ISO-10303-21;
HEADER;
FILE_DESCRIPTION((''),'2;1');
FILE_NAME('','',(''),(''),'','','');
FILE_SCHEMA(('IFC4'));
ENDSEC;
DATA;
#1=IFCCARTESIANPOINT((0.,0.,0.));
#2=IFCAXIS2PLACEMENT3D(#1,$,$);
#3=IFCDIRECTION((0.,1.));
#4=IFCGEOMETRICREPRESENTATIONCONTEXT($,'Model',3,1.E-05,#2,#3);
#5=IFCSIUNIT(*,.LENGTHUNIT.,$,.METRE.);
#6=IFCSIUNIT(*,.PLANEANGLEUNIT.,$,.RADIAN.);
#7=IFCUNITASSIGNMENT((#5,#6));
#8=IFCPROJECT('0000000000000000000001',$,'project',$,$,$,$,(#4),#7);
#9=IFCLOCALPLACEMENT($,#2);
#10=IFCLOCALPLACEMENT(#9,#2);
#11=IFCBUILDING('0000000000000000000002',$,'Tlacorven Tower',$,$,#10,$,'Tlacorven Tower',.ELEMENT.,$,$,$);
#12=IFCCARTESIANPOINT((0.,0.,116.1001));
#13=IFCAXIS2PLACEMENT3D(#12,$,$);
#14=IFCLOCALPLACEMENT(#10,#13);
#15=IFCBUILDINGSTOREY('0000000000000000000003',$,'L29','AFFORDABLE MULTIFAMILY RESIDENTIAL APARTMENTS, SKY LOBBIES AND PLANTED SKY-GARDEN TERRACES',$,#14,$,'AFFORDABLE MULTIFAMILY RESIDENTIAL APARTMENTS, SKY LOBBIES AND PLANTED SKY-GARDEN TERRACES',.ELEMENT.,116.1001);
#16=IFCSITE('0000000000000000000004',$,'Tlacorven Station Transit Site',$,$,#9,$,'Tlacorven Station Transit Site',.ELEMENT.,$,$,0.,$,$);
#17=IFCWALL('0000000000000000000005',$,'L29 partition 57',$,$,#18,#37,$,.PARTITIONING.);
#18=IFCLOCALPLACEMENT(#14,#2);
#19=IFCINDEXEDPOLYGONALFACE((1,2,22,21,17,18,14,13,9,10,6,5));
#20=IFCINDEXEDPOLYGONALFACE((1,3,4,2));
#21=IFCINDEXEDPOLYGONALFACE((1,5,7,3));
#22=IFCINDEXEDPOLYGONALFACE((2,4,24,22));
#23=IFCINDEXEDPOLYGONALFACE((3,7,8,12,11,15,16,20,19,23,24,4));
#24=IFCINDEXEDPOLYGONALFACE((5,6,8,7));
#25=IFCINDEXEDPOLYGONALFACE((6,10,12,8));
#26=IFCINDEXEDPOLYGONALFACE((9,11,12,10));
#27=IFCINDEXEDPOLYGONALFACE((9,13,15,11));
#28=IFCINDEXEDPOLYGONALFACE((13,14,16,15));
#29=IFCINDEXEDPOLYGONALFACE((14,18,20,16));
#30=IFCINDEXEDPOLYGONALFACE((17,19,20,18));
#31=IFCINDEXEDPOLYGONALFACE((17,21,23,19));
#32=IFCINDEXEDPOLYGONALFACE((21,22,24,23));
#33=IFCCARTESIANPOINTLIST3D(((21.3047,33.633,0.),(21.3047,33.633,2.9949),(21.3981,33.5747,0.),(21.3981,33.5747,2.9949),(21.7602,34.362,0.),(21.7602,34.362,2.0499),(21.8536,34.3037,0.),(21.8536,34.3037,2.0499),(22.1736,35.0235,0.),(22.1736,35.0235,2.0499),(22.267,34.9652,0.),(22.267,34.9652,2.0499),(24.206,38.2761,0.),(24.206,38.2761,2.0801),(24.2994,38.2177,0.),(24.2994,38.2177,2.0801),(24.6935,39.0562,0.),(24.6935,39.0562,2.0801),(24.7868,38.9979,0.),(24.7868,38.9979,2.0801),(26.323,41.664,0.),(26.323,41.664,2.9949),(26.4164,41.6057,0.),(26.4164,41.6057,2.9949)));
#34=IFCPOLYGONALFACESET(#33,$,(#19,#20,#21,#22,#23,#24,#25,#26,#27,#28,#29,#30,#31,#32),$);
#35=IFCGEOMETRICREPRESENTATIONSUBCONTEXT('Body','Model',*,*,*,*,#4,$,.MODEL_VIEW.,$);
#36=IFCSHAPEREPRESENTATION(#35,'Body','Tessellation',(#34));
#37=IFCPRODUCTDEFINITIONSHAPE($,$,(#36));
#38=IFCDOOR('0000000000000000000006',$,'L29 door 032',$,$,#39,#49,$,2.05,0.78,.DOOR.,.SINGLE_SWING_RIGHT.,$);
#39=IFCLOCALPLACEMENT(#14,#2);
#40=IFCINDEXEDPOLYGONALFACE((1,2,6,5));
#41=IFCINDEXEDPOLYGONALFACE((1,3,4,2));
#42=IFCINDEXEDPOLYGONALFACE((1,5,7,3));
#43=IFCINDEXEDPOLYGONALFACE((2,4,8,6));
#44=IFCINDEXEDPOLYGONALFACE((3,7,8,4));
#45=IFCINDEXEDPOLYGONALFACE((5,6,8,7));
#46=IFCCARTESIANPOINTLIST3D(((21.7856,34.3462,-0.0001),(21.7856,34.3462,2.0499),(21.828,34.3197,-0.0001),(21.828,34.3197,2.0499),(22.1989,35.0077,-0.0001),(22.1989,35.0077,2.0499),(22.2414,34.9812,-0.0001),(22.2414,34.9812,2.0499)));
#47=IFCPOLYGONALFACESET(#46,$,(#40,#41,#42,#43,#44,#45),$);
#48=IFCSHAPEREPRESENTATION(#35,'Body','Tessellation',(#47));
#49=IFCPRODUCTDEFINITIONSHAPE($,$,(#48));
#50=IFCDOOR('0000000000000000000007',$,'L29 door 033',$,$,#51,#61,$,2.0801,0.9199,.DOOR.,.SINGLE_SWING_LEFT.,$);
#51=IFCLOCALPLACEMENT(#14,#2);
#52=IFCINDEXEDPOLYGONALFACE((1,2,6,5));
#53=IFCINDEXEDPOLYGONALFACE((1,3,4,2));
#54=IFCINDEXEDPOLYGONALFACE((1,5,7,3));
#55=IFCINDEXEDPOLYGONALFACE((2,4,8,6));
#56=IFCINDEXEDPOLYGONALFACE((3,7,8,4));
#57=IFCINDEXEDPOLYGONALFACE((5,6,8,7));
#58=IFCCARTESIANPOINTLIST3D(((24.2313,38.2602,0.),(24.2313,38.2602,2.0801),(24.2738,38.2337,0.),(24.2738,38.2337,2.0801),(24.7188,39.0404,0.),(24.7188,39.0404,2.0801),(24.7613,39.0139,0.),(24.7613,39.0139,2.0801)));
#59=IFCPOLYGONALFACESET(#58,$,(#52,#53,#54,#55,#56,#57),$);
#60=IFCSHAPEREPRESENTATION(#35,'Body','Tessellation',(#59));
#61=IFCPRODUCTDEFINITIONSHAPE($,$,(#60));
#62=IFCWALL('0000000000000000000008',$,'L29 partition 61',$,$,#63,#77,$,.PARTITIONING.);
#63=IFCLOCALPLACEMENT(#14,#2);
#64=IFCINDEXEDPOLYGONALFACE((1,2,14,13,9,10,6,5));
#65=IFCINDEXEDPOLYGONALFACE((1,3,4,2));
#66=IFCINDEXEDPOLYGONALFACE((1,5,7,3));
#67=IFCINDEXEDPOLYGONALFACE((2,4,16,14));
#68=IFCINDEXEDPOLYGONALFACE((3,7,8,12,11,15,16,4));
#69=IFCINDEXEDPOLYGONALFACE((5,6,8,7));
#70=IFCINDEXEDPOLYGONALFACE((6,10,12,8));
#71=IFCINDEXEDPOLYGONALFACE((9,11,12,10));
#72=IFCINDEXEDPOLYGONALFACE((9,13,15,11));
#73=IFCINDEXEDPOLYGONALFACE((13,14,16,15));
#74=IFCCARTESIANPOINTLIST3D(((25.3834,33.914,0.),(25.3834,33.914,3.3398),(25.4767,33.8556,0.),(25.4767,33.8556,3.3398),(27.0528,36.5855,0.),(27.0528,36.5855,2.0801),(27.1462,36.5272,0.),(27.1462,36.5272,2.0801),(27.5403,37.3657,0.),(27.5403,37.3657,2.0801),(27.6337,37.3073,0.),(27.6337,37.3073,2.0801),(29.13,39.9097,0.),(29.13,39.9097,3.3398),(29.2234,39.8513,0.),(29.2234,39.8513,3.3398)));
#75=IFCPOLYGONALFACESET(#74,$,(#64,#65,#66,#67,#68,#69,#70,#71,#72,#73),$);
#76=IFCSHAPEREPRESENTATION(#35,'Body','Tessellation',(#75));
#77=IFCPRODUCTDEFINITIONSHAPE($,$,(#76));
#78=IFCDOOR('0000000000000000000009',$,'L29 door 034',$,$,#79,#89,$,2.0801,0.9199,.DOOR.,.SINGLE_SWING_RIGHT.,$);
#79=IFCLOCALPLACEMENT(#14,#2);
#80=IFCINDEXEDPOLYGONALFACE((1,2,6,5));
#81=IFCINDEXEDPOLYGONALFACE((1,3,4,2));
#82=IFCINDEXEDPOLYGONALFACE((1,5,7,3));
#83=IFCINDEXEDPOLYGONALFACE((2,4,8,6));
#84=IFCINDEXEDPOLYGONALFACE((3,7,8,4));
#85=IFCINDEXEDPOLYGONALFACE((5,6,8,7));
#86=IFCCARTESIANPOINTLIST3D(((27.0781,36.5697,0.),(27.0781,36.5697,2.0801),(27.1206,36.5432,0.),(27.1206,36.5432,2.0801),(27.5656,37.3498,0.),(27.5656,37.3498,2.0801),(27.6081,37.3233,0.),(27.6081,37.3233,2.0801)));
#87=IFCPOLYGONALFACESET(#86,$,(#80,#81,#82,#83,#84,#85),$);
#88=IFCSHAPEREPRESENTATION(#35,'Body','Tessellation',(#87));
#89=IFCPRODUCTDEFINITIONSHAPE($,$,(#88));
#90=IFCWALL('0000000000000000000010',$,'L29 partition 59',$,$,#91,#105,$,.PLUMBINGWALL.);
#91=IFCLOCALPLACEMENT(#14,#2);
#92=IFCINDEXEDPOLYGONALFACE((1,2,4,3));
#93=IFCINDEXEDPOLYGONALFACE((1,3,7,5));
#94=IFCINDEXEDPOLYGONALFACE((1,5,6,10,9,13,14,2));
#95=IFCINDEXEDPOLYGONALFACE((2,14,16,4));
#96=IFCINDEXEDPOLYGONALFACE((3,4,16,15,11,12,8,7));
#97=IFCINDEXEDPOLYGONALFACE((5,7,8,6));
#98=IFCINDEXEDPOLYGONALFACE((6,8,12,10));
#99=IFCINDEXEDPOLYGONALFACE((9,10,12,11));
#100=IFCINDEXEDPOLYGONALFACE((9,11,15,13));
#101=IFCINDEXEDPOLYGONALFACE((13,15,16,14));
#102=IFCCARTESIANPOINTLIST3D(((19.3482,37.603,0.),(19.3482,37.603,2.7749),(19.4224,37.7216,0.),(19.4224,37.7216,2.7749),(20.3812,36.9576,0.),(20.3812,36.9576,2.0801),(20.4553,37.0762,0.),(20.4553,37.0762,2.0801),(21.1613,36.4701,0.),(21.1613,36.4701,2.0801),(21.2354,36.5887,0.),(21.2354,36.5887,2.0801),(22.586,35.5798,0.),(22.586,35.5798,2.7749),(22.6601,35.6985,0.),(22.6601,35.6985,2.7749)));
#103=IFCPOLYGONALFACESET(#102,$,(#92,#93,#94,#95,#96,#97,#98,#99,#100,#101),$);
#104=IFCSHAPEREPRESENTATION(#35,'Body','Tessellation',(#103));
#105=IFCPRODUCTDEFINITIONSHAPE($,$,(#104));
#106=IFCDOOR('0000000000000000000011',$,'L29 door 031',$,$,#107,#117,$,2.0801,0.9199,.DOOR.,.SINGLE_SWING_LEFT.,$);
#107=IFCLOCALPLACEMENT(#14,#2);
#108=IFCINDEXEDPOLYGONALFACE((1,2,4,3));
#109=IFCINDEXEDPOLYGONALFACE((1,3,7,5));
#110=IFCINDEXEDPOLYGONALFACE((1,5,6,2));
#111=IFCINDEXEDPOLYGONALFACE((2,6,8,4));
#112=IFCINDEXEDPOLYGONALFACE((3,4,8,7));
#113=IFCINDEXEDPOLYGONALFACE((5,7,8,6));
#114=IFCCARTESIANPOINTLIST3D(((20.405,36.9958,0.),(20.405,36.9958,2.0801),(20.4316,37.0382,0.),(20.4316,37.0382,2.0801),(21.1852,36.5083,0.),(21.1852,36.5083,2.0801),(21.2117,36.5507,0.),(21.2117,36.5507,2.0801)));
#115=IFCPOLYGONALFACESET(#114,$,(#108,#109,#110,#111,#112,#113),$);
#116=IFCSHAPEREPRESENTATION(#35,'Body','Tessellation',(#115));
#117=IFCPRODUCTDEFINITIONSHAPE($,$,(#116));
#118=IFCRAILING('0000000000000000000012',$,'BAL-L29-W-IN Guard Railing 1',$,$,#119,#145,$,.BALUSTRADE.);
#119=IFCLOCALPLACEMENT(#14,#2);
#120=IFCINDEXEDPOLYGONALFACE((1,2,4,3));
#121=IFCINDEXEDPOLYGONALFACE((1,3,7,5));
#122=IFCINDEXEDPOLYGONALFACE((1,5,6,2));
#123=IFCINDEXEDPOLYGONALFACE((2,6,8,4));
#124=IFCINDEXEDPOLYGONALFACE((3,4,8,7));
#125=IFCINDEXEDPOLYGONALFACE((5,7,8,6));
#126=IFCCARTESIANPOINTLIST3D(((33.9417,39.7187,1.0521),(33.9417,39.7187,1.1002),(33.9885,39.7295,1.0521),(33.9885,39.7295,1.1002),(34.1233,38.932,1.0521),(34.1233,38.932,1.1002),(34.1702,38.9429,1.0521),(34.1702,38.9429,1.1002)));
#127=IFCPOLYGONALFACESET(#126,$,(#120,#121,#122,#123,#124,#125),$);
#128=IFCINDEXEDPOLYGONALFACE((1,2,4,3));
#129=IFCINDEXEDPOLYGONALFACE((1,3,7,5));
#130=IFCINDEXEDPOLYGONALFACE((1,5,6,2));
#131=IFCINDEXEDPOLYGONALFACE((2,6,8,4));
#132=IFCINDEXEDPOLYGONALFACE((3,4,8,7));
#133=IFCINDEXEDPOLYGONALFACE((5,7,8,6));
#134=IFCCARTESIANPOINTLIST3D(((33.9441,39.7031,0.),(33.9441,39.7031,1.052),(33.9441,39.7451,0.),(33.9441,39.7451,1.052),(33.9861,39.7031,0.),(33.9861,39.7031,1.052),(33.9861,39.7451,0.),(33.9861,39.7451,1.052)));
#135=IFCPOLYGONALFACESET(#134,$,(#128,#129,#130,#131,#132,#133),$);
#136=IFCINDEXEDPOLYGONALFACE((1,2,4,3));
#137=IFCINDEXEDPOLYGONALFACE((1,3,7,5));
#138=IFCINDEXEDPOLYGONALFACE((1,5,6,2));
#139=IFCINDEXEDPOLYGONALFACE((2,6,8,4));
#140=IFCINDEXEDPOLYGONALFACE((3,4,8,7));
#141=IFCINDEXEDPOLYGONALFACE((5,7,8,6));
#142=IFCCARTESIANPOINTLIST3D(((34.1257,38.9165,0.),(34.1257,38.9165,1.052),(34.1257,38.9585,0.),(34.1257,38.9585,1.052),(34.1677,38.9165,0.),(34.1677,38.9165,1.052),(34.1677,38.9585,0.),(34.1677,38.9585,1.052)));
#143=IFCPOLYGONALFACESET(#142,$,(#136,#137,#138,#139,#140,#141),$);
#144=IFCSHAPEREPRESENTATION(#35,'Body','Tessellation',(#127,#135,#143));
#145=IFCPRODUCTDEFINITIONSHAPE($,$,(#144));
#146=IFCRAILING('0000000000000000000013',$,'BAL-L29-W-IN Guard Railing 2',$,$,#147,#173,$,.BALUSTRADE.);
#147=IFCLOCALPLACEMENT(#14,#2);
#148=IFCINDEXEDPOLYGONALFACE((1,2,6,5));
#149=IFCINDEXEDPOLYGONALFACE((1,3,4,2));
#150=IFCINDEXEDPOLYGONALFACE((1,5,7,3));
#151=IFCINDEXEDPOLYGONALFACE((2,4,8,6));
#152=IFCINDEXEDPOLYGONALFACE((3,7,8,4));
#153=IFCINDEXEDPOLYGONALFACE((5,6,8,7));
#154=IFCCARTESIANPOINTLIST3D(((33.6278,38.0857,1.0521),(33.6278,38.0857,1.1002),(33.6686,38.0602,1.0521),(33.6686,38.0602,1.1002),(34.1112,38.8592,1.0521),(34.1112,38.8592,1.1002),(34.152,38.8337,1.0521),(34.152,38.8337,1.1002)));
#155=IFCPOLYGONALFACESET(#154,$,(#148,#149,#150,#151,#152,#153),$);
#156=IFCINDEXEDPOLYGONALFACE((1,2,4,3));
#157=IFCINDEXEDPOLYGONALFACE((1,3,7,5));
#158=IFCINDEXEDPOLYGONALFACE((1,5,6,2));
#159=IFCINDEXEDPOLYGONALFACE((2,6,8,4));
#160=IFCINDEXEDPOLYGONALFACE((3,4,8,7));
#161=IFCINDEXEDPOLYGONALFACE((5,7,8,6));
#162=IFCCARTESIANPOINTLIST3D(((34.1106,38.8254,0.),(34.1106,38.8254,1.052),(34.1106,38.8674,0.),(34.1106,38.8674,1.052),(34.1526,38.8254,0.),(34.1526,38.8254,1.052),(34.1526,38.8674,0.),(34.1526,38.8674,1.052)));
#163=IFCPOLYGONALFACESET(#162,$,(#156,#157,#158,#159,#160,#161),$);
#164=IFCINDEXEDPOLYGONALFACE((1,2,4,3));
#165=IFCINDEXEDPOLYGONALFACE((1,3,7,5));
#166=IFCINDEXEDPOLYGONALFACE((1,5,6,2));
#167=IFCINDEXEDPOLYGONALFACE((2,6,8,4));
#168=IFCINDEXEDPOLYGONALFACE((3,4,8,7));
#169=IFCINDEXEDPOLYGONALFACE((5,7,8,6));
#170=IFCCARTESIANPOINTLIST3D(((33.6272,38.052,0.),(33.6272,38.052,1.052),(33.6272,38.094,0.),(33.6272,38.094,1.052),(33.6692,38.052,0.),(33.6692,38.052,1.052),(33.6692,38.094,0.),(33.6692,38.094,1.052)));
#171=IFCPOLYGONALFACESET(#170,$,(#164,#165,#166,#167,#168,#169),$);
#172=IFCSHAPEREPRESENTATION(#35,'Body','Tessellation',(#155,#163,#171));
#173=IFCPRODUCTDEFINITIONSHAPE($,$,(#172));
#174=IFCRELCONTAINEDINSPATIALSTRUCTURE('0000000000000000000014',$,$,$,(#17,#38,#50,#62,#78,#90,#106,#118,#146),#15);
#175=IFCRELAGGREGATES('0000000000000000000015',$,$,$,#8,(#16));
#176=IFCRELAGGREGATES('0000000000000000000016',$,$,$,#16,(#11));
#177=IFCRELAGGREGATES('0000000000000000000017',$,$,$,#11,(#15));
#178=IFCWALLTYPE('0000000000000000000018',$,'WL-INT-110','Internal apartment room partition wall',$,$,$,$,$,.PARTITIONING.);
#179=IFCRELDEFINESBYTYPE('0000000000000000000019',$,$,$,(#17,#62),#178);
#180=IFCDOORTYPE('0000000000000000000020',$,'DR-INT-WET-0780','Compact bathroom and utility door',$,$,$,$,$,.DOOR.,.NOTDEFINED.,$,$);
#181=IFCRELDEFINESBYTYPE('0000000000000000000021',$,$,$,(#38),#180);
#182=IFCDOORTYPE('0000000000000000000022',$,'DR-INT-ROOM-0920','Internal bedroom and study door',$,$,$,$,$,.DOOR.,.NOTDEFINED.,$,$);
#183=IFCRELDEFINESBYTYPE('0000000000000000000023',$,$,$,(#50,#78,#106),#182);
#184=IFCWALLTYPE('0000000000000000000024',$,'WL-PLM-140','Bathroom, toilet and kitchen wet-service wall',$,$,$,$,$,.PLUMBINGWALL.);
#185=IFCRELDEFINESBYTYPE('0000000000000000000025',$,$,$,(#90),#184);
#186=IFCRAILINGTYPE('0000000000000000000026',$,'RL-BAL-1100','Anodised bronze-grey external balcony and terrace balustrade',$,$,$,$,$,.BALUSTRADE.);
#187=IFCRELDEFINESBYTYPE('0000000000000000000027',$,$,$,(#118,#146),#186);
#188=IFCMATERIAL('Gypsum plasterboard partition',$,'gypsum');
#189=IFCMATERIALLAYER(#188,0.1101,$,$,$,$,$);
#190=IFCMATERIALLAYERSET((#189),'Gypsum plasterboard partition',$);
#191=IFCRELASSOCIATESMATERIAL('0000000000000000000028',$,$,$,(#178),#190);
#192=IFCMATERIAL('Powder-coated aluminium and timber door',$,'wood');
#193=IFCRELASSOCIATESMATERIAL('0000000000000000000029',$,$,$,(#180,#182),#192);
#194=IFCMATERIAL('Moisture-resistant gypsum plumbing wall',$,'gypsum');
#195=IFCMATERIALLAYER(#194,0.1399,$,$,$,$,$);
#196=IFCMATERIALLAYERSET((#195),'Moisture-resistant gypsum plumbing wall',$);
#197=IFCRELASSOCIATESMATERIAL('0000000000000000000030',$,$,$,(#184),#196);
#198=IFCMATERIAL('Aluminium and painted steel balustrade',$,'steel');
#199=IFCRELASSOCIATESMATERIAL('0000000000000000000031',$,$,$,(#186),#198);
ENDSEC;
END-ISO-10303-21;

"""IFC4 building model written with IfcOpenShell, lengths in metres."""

from ifc_helpers import new_model, si_unit, direction, frame, frame_2d, origin, origin_2d, place, context, subcontext, project, spatial, rectangle, extrude, source, transform, mapped, material, layer, layer_set, type_object, element, fill, save


model = new_model("IFC4")

# Units and contexts
model_context = context("Model", 3, precision=1e-05, world=origin(), true_north=direction((0.0, 1.0)))
body_context = subcontext(model_context, "Body", "Model", "MODEL_VIEW")
ifc_project = project(units=[si_unit("LENGTHUNIT", "METRE"), si_unit("PLANEANGLEUNIT", "RADIAN")], contexts=[model_context])

# Site, building, storey
site_placement = place(None, origin())
site = spatial("IfcSite", under=ifc_project, at=site_placement, Name="Tlacorven Station Transit Site", LongName="Tlacorven Station Transit Site", CompositionType="ELEMENT", RefElevation=0.0)
building_placement = place(site_placement, origin())
building = spatial("IfcBuilding", under=site, at=building_placement, Name="Tlacorven Tower", LongName="Tlacorven Tower", CompositionType="ELEMENT")
storey_placement = place(building_placement, frame((0.0, 0.0, 116.1001)))
storey = spatial("IfcBuildingStorey", under=building, at=storey_placement, Name="L29", Description="AFFORDABLE MULTIFAMILY RESIDENTIAL APARTMENTS, SKY LOBBIES AND PLANTED SKY-GARDEN TERRACES", LongName="AFFORDABLE MULTIFAMILY RESIDENTIAL APARTMENTS, SKY LOBBIES AND PLANTED SKY-GARDEN TERRACES", CompositionType="ELEMENT", Elevation=116.1001)

# Wall, openings, doors
ifc_material_1 = material(Name="Gypsum plasterboard partition", Category="gypsum")
ifc_layer_1 = layer(ifc_material_1, 0.1101)
ifc_layer_set_1 = layer_set([ifc_layer_1], Name="Gypsum plasterboard partition")
wall_type_1 = type_object("IfcWallType", Name="WL-INT-110", Description="Internal apartment room partition wall", PredefinedType="PARTITIONING", material=ifc_layer_set_1)
wall_1_placement = place(storey_placement, frame((26.3696, 41.6348, 0.0), z_axis=(0.0, 0.0, 1.0), x_axis=(-0.529918, -0.848049, 0.0)))
wall_1 = element("IfcWall", 1, at=wall_1_placement, inside=storey, type_object=wall_type_1, Name="L29 partition 57", PredefinedType="PARTITIONING", context=body_context, shape_type="SweptSolid", body=[
    extrude(rectangle(XDim=9.47, YDim=0.1101, at=frame_2d((4.7349, 0.0))), origin(), (0.0, 0.0, 1.0), 2.9949),
])
opening_1_placement = place(wall_1_placement, frame((7.8301, 0.0, 0.0)))
opening_1 = element("IfcOpeningElement", 2, at=opening_1_placement, cuts=wall_1, PredefinedType="OPENING", context=body_context, shape_type="SweptSolid", body=[
    extrude(rectangle(XDim=0.78, YDim=2.05, at=frame_2d((0.3901, 1.0249))), frame((0.0, 0.0649, 0.0), z_axis=(0.0, -1.0, 0.0), x_axis=(1.0, 0.0, 0.0)), (0.0, 0.0, 1.0), 0.1301),
])
opening_2_placement = place(wall_1_placement, frame((3.075, 0.0, 0.0)))
opening_2 = element("IfcOpeningElement", 3, at=opening_2_placement, cuts=wall_1, PredefinedType="OPENING", context=body_context, shape_type="SweptSolid", body=[
    extrude(rectangle(XDim=0.9199, YDim=2.0801, at=frame_2d((0.46, 1.04))), frame((0.0, 0.0649, 0.0), z_axis=(0.0, -1.0, 0.0), x_axis=(1.0, 0.0, 0.0)), (0.0, 0.0, 1.0), 0.1301),
])
ifc_material_2 = material(Name="Powder-coated aluminium and timber door", Category="wood")
door_type_1 = type_object("IfcDoorType", Name="DR-INT-WET-0780", Description="Compact bathroom and utility door", OperationType="NOTDEFINED", PredefinedType="DOOR", material=ifc_material_2)
shared_shape_1 = source(origin(), body_context, "Body", "SweptSolid", [
    extrude(rectangle(XDim=0.78, YDim=2.05, at=frame_2d((0.3901, 1.0249))), frame((0.0, 0.0249, 0.0), z_axis=(0.0, -1.0, 0.0), x_axis=(1.0, 0.0, 0.0)), (0.0, 0.0, 1.0), 0.05),
])
door_1_placement = place(opening_1_placement, origin())
door_1 = element("IfcDoor", 4, at=door_1_placement, inside=storey, type_object=door_type_1, Name="L29 door 032", OperationType="SINGLE_SWING_RIGHT", OverallHeight=2.05, OverallWidth=0.78, PredefinedType="DOOR", context=body_context, shape_type="MappedRepresentation", body=[
    mapped(shared_shape_1, transform((0.0, 0.0, 0.0), scale=1.0)),
])
fill(opening_1, door_1)
door_type_2 = type_object("IfcDoorType", Name="DR-INT-ROOM-0920", Description="Internal bedroom and study door", OperationType="NOTDEFINED", PredefinedType="DOOR", material=ifc_material_2)
shared_shape_2 = source(origin(), body_context, "Body", "SweptSolid", [
    extrude(rectangle(XDim=0.9199, YDim=2.0801, at=frame_2d((0.46, 1.04))), frame((0.0, 0.0249, 0.0), z_axis=(0.0, -1.0, 0.0), x_axis=(1.0, 0.0, 0.0)), (0.0, 0.0, 1.0), 0.05),
])
door_2_placement = place(opening_2_placement, origin())
door_2 = element("IfcDoor", 5, at=door_2_placement, inside=storey, type_object=door_type_2, Name="L29 door 033", OperationType="SINGLE_SWING_LEFT", OverallHeight=2.0801, OverallWidth=0.9199, PredefinedType="DOOR", context=body_context, shape_type="MappedRepresentation", body=[
    mapped(shared_shape_2, transform((0.0, 0.0, 0.0), scale=1.0)),
])
fill(opening_2, door_2)

# Walls, openings, doors
wall_2_placement = place(storey_placement, frame((29.1768, 39.8806, 0.0), z_axis=(0.0, 0.0, 1.0), x_axis=(-0.529931, -0.848041, 0.0)))
wall_2 = element("IfcWall", 6, at=wall_2_placement, inside=storey, type_object=wall_type_1, Name="L29 partition 61", PredefinedType="PARTITIONING", context=body_context, shape_type="SweptSolid", body=[
    extrude(rectangle(XDim=7.0701, YDim=0.1101, at=frame_2d((3.5352, 0.0))), origin(), (0.0, 0.0, 1.0), 3.3398),
])
opening_3_placement = place(wall_2_placement, frame((3.0, 0.0, 0.0)))
opening_3 = element("IfcOpeningElement", 7, at=opening_3_placement, cuts=wall_2, PredefinedType="OPENING", context=body_context, shape_type="SweptSolid", body=[
    extrude(rectangle(XDim=0.9199, YDim=2.0801, at=frame_2d((0.46, 1.04))), frame((0.0, 0.0649, 0.0), z_axis=(0.0, -1.0, 0.0), x_axis=(1.0, 0.0, 0.0)), (0.0, 0.0, 1.0), 0.1301),
])
door_3_placement = place(opening_3_placement, origin())
door_3 = element("IfcDoor", 8, at=door_3_placement, inside=storey, type_object=door_type_2, Name="L29 door 034", OperationType="SINGLE_SWING_RIGHT", OverallHeight=2.0801, OverallWidth=0.9199, PredefinedType="DOOR", context=body_context, shape_type="MappedRepresentation", body=[
    mapped(shared_shape_2, transform((0.0, 0.0, 0.0), scale=1.0)),
])
fill(opening_3, door_3)
ifc_material_3 = material(Name="Moisture-resistant gypsum plumbing wall", Category="gypsum")
ifc_layer_2 = layer(ifc_material_3, 0.1399)
ifc_layer_set_2 = layer_set([ifc_layer_2], Name="Moisture-resistant gypsum plumbing wall")
wall_type_2 = type_object("IfcWallType", Name="WL-PLM-140", Description="Bathroom, toilet and kitchen wet-service wall", PredefinedType="PLUMBINGWALL", material=ifc_layer_set_2)
wall_3_placement = place(storey_placement, frame((22.623, 35.6392, 0.0), z_axis=(0.0, 0.0, 1.0), x_axis=(-0.848049, 0.529918, 0.0)))
wall_3 = element("IfcWall", 9, at=wall_3_placement, inside=storey, type_object=wall_type_2, Name="L29 partition 59", PredefinedType="PLUMBINGWALL", context=body_context, shape_type="SweptSolid", body=[
    extrude(rectangle(XDim=3.8179, YDim=0.1399, at=frame_2d((1.9089, 0.0))), origin(), (0.0, 0.0, 1.0), 2.7749),
])
opening_4_placement = place(wall_3_placement, frame((1.6799, 0.0, 0.0)))
opening_4 = element("IfcOpeningElement", 10, at=opening_4_placement, cuts=wall_3, PredefinedType="OPENING", context=body_context, shape_type="SweptSolid", body=[
    extrude(rectangle(XDim=0.9199, YDim=2.0801, at=frame_2d((0.46, 1.04))), frame((0.0, 0.0801, 0.0), z_axis=(0.0, -1.0, 0.0), x_axis=(1.0, 0.0, 0.0)), (0.0, 0.0, 1.0), 0.1599),
])
door_4_placement = place(opening_4_placement, origin())
door_4 = element("IfcDoor", 11, at=door_4_placement, inside=storey, type_object=door_type_2, Name="L29 door 031", OperationType="SINGLE_SWING_LEFT", OverallHeight=2.0801, OverallWidth=0.9199, PredefinedType="DOOR", context=body_context, shape_type="MappedRepresentation", body=[
    mapped(shared_shape_2, transform((0.0, 0.0, 0.0), scale=1.0)),
])
fill(opening_4, door_4)

# Railings
ifc_material_4 = material(Name="Aluminium and painted steel balustrade", Category="steel")
railing_type = type_object("IfcRailingType", Name="RL-BAL-1100", Description="Anodised bronze-grey external balcony and terrace balustrade", PredefinedType="BALUSTRADE", material=ifc_material_4)
shared_shape_3 = source(origin(), body_context, "Body", "SweptSolid", [
    extrude(rectangle(XDim=0.0481, YDim=0.0481, at=origin_2d()), frame((0.0, 0.0, 1.0762), z_axis=(0.224992, -0.974361, 0.0), x_axis=(0.974361, 0.224992, 0.0)), (0.0, 0.0, 1.0), 0.8074),
    extrude(rectangle(XDim=0.042, YDim=0.042, at=origin_2d()), origin(), (0.0, 0.0, 1.0), 1.052),
    extrude(rectangle(XDim=0.042, YDim=0.042, at=origin_2d()), frame((0.1816, -0.7866, 0.0)), (0.0, 0.0, 1.0), 1.052),
])
railing_1_placement = place(storey_placement, frame((33.9651, 39.7241, 0.0)))
element("IfcRailing", 12, at=railing_1_placement, inside=storey, type_object=railing_type, Name="BAL-L29-W-IN Guard Railing 1", PredefinedType="BALUSTRADE", context=body_context, shape_type="MappedRepresentation", body=[
    mapped(shared_shape_3, transform((0.0, 0.0, 0.0), scale=1.0)),
])
shared_shape_4 = source(origin(), body_context, "Body", "SweptSolid", [
    extrude(rectangle(XDim=0.0481, YDim=0.0481, at=origin_2d()), frame((0.0, 0.0, 1.0762), z_axis=(-0.529999, -0.847998, 0.0), x_axis=(0.847998, -0.529999, 0.0)), (0.0, 0.0, 1.0), 0.9121),
    extrude(rectangle(XDim=0.042, YDim=0.042, at=origin_2d()), origin(), (0.0, 0.0, 1.0), 1.052),
    extrude(rectangle(XDim=0.042, YDim=0.042, at=origin_2d()), frame((-0.4834, -0.7734, 0.0)), (0.0, 0.0, 1.0), 1.052),
])
railing_2_placement = place(storey_placement, frame((34.1316, 38.8464, 0.0)))
element("IfcRailing", 13, at=railing_2_placement, inside=storey, type_object=railing_type, Name="BAL-L29-W-IN Guard Railing 2", PredefinedType="BALUSTRADE", context=body_context, shape_type="MappedRepresentation", body=[
    mapped(shared_shape_4, transform((0.0, 0.0, 0.0), scale=1.0)),
])

save(model, "model.ifc")
